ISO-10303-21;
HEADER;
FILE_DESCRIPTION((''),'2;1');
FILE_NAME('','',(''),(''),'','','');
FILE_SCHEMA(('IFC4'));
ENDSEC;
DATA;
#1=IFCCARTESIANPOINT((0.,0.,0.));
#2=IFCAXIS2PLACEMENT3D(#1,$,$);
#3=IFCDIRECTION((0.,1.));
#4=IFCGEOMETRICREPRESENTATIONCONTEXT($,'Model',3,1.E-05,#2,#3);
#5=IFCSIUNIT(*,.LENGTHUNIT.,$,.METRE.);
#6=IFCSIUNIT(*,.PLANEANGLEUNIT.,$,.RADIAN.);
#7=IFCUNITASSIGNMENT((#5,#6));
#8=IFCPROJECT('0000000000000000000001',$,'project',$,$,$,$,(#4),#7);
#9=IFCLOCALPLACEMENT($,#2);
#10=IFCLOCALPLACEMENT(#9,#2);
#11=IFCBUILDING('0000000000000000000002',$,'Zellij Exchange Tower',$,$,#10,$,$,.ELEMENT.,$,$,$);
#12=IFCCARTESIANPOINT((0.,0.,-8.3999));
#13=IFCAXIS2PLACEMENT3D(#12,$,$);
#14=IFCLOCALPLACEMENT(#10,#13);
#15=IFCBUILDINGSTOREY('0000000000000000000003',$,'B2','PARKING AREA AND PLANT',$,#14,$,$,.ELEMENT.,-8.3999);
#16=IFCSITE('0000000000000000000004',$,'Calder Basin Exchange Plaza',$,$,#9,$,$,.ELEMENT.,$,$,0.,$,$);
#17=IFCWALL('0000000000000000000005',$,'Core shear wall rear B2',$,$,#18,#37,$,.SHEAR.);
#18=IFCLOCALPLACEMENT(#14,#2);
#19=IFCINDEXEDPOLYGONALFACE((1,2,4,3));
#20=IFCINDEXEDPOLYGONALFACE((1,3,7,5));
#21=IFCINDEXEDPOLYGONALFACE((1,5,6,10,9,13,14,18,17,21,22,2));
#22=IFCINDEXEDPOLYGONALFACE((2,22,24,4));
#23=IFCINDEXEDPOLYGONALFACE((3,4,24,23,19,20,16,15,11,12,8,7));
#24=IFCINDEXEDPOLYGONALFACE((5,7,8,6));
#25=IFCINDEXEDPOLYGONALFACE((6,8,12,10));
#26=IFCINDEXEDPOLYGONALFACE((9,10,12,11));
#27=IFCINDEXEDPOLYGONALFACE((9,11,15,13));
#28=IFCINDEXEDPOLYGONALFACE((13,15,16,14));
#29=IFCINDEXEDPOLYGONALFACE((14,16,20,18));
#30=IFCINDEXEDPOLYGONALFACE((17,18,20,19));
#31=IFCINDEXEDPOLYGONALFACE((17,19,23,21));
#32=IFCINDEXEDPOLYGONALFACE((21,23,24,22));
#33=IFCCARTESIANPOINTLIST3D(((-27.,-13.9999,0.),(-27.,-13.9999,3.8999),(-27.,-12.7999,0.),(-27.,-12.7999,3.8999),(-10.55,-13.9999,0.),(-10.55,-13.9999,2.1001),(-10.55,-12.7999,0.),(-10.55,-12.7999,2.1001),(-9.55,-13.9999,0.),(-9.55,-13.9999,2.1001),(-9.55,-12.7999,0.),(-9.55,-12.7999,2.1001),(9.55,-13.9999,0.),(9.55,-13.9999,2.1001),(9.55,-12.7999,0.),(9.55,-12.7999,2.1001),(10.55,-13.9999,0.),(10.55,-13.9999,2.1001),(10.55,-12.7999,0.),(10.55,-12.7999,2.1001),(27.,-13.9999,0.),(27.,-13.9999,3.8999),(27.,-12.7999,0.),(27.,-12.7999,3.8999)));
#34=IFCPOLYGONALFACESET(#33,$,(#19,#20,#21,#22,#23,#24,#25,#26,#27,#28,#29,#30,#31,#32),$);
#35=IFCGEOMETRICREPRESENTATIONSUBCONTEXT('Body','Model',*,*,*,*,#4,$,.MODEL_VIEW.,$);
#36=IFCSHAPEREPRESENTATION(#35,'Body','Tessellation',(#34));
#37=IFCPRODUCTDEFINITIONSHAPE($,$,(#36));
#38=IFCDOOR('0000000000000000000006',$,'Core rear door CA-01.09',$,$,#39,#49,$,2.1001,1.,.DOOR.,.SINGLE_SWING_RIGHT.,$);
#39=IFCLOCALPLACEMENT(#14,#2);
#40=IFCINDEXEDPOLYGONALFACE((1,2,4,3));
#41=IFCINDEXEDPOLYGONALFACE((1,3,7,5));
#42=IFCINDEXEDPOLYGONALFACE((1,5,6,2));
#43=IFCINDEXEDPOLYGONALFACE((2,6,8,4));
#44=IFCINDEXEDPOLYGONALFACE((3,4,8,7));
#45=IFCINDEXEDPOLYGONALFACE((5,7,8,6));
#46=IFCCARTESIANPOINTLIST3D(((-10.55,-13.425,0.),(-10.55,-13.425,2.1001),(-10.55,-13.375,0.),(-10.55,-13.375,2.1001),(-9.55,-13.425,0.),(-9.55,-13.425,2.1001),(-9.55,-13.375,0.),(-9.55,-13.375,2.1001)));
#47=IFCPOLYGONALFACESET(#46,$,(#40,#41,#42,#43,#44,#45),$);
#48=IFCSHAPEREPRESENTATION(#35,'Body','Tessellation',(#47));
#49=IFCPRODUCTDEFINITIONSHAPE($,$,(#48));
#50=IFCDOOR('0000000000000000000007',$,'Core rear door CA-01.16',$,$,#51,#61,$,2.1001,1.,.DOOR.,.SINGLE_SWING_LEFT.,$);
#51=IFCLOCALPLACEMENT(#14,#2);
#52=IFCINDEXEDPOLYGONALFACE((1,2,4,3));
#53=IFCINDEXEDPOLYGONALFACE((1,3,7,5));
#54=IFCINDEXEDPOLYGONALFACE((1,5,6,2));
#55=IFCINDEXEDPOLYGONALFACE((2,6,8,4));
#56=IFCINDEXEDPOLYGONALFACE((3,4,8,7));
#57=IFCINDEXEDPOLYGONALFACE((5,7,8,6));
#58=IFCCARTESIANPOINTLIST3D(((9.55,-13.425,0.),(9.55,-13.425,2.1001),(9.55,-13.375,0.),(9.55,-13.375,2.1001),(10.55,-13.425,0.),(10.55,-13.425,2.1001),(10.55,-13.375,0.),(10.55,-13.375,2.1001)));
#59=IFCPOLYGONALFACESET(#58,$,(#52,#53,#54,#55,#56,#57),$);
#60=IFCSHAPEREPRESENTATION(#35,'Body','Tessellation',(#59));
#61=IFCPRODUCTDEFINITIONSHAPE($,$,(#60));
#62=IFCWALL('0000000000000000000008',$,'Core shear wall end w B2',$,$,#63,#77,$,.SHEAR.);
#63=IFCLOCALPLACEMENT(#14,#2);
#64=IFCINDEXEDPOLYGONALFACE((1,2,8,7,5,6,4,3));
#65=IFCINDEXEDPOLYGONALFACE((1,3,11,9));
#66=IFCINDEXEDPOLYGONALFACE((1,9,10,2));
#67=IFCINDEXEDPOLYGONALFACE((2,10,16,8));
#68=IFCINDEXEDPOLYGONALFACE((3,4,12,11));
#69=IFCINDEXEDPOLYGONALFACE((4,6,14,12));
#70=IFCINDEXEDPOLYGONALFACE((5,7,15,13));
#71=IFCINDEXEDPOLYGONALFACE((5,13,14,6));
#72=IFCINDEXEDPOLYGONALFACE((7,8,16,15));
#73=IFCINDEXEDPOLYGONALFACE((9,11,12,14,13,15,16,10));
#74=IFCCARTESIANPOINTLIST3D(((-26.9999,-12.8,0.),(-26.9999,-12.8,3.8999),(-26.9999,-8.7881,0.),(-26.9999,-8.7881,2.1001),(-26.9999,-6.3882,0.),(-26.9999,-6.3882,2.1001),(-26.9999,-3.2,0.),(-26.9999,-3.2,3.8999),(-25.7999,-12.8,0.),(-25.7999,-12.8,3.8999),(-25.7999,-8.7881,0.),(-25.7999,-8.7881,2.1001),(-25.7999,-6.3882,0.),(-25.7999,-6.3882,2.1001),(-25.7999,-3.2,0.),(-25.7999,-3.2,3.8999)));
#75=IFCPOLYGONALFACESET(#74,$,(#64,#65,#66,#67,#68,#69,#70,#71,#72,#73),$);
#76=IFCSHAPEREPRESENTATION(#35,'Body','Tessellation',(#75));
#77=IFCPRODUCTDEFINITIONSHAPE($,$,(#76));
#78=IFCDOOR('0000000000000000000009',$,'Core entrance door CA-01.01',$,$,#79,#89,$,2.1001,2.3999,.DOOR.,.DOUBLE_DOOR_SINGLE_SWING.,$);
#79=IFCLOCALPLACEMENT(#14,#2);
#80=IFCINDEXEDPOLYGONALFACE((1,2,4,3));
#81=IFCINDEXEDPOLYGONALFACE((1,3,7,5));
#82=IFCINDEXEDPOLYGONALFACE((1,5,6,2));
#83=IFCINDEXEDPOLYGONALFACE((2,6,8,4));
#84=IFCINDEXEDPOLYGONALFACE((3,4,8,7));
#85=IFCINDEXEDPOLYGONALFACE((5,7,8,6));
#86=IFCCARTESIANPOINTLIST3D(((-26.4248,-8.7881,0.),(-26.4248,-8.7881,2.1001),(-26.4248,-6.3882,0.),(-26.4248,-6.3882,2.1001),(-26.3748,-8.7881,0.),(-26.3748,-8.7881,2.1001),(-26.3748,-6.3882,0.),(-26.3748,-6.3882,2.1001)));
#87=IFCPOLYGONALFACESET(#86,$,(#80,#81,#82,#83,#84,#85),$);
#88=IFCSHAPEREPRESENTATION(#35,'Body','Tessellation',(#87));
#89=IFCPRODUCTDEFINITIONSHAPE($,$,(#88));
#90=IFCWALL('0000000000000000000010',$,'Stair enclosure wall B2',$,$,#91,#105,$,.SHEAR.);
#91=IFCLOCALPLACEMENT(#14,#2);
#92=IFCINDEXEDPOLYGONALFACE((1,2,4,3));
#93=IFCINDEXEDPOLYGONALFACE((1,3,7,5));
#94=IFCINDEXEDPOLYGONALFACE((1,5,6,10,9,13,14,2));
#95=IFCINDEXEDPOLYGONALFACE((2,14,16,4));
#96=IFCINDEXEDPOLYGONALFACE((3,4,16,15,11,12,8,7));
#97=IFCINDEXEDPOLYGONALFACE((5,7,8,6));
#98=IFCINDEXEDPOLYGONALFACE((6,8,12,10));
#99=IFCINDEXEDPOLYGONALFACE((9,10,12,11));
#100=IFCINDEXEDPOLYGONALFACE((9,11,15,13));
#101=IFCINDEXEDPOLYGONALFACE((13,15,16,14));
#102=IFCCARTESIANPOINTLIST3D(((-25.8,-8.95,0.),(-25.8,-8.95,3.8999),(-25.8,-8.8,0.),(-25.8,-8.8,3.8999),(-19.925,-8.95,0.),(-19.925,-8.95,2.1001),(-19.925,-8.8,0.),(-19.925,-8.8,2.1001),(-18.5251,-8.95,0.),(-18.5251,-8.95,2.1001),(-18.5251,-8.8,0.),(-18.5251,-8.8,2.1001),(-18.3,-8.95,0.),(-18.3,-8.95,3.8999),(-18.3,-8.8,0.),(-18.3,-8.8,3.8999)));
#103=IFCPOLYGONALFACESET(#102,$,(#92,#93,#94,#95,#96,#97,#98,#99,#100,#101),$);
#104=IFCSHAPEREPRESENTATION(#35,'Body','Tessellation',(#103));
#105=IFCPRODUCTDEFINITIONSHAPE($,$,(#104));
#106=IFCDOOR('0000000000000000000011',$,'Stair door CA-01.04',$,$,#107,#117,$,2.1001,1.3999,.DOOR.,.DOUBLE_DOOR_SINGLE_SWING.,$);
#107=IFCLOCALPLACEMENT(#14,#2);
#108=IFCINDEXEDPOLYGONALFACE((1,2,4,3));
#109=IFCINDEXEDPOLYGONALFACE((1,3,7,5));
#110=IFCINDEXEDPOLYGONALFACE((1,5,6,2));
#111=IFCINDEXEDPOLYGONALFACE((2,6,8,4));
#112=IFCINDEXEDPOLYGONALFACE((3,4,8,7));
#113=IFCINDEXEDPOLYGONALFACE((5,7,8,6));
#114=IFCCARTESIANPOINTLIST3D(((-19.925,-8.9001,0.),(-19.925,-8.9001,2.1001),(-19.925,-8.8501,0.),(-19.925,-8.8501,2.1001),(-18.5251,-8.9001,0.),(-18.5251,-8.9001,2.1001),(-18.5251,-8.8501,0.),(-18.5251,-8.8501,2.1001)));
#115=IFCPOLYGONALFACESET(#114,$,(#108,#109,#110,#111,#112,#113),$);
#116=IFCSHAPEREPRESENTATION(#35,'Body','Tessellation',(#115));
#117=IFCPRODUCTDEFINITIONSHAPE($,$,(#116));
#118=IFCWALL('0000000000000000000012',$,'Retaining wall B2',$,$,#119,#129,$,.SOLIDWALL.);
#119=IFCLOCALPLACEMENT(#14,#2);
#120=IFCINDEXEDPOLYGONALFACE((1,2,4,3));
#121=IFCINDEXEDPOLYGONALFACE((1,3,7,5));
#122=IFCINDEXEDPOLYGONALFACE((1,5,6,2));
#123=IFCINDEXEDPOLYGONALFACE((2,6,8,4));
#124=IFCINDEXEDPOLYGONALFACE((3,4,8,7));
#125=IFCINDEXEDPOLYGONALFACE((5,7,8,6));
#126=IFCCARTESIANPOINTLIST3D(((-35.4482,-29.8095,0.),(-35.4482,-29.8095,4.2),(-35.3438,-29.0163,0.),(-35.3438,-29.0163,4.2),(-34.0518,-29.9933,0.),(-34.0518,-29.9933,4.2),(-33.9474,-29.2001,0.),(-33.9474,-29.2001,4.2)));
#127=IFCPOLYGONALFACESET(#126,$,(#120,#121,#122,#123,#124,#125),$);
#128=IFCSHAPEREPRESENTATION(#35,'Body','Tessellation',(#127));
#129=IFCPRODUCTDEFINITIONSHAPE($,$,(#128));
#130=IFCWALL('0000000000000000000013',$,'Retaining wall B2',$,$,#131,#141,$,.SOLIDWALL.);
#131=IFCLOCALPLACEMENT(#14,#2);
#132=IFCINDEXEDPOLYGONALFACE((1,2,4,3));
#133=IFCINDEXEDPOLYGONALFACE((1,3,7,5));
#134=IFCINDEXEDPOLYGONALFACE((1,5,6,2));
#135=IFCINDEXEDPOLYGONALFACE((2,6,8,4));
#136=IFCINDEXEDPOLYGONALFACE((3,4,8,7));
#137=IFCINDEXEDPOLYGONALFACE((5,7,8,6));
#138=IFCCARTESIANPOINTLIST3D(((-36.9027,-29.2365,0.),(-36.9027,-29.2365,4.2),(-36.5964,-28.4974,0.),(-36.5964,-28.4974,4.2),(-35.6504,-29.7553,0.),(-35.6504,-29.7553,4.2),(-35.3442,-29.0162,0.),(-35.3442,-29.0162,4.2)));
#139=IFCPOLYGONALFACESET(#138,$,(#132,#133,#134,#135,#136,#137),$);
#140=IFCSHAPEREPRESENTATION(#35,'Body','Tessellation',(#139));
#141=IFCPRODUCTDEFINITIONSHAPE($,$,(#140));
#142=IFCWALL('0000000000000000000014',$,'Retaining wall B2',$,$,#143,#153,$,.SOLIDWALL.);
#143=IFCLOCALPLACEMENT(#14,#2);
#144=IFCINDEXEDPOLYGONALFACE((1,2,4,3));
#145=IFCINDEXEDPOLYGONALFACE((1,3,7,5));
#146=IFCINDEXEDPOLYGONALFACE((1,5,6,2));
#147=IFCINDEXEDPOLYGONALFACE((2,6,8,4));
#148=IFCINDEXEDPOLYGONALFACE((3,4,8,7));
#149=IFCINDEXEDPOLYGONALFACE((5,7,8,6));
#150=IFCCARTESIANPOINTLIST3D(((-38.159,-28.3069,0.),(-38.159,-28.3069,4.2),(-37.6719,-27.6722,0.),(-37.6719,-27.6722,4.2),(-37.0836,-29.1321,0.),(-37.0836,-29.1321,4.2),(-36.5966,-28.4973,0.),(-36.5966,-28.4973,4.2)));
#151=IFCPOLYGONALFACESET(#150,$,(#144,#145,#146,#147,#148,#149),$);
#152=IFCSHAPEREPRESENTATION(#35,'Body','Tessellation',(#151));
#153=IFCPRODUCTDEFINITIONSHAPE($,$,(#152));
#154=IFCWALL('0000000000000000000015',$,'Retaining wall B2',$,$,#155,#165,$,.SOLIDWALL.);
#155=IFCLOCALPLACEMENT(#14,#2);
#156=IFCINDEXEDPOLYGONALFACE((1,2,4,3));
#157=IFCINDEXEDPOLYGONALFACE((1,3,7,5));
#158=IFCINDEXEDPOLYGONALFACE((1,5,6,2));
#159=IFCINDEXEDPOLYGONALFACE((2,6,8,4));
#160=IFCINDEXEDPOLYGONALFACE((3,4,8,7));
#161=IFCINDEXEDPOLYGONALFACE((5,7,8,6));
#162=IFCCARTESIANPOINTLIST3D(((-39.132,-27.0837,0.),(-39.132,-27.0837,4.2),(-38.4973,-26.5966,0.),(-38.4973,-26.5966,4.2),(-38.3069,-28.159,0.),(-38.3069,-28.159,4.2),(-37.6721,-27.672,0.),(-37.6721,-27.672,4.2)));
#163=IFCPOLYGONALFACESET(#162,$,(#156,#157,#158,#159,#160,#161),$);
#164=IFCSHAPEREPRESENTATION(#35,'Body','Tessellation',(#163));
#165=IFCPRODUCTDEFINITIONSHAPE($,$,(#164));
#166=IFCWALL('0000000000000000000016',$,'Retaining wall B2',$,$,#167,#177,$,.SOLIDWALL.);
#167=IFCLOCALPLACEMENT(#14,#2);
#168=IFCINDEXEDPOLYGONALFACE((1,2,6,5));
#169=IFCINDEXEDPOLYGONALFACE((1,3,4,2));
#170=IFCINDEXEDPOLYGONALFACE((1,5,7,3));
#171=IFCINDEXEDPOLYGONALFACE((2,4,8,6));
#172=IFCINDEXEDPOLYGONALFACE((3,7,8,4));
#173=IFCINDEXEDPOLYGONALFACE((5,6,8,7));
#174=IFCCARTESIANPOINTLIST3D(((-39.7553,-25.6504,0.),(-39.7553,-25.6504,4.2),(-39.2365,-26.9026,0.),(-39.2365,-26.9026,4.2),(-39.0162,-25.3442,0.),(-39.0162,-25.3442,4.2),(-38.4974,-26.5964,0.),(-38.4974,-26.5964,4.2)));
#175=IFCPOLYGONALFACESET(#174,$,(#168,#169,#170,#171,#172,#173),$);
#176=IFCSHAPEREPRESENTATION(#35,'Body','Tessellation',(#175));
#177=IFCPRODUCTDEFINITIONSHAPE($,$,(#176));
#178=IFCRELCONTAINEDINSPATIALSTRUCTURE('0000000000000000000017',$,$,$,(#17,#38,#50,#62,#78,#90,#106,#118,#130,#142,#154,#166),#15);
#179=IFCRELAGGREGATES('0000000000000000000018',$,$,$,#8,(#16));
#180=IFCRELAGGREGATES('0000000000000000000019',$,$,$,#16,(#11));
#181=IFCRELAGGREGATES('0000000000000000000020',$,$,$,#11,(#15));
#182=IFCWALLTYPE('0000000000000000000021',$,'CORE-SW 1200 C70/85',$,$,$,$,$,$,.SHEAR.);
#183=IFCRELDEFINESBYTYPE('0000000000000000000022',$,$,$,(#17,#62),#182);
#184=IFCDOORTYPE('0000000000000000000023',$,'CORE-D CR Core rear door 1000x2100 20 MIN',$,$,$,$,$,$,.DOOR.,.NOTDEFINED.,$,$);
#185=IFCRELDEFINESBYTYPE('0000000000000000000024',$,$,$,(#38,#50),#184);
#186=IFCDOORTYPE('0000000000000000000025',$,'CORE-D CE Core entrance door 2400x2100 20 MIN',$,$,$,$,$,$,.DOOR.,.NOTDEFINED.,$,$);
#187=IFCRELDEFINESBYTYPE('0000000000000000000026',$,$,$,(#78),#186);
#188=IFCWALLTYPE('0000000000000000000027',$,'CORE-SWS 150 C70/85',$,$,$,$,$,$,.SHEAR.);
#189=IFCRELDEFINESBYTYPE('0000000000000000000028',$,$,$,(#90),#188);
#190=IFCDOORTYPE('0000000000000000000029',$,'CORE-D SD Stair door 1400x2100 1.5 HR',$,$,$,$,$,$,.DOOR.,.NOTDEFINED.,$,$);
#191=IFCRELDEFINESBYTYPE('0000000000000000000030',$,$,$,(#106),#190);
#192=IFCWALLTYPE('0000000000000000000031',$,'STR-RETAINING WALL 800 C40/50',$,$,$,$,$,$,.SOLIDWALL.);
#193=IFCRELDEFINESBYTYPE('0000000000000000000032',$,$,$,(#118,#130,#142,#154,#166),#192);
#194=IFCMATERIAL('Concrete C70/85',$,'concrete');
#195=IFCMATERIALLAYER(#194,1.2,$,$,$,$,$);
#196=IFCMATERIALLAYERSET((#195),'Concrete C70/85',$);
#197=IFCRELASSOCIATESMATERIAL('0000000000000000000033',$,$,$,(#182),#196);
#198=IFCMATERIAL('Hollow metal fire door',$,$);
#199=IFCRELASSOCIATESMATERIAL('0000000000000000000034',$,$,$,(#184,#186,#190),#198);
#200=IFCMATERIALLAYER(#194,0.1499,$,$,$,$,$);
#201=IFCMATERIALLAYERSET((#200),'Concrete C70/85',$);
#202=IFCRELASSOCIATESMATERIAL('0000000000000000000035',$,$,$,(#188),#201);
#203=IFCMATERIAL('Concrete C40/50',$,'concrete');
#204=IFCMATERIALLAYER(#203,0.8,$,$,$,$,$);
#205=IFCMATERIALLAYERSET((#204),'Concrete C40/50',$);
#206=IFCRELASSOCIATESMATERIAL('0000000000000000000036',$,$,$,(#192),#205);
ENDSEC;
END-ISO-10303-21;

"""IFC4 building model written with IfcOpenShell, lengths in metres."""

from ifc_helpers import new_model, si_unit, direction, frame, frame_2d, origin, place, context, subcontext, project, spatial, rectangle, extrude, material, layer, layer_set, type_object, element, fill, save


model = new_model("IFC4")

# Units and contexts
model_context = context("Model", 3, precision=1e-05, world=origin(), true_north=direction((0.0, 1.0)))
body_context = subcontext(model_context, "Body", "Model", "MODEL_VIEW")
ifc_project = project(units=[si_unit("LENGTHUNIT", "METRE"), si_unit("PLANEANGLEUNIT", "RADIAN")], contexts=[model_context])

# Site, building, storey
site_placement = place(None, origin())
site = spatial("IfcSite", under=ifc_project, at=site_placement, Name="Calder Basin Exchange Plaza", CompositionType="ELEMENT", RefElevation=0.0)
building_placement = place(site_placement, origin())
building = spatial("IfcBuilding", under=site, at=building_placement, Name="Zellij Exchange Tower", CompositionType="ELEMENT")
storey_placement = place(building_placement, frame((0.0, 0.0, -8.3999)))
storey = spatial("IfcBuildingStorey", under=building, at=storey_placement, Name="B2", Description="PARKING AREA AND PLANT", CompositionType="ELEMENT", Elevation=-8.3999)

# Shared definitions
ifc_material_1 = material(Name="Concrete C70/85", Category="concrete")

# Wall, openings, doors
ifc_material_2 = material(Name="Hollow metal fire door")
ifc_layer_1 = layer(ifc_material_1, 1.2)
ifc_layer_set_1 = layer_set([ifc_layer_1], Name="Concrete C70/85")
wall_type_1 = type_object("IfcWallType", Name="CORE-SW 1200 C70/85", PredefinedType="SHEAR", material=ifc_layer_set_1)
wall_1_placement = place(storey_placement, frame((-27.0, -13.3999, 0.0), z_axis=(0.0, 0.0, 1.0), x_axis=(1.0, 0.0, 0.0)))
wall_1 = element("IfcWall", 1, at=wall_1_placement, inside=storey, type_object=wall_type_1, Name="Core shear wall rear B2", PredefinedType="SHEAR", context=body_context, shape_type="SweptSolid", body=[
    extrude(rectangle(XDim=54.0, YDim=1.2, at=frame_2d((27.0, 0.0))), origin(), (0.0, 0.0, 1.0), 3.8999),
])
opening_1_placement = place(wall_1_placement, frame((16.45, 0.0, 0.0)))
opening_1 = element("IfcOpeningElement", 2, at=opening_1_placement, cuts=wall_1, PredefinedType="OPENING", context=body_context, shape_type="SweptSolid", body=[
    extrude(rectangle(XDim=1.0, YDim=2.1001, at=frame_2d((0.5, 1.05))), frame((0.0, 0.6118, 0.0), z_axis=(0.0, -1.0, 0.0), x_axis=(1.0, 0.0, 0.0)), (0.0, 0.0, 1.0), 1.2239),
])
opening_2_placement = place(wall_1_placement, frame((36.55, 0.0, 0.0)))
opening_2 = element("IfcOpeningElement", 3, at=opening_2_placement, cuts=wall_1, PredefinedType="OPENING", context=body_context, shape_type="SweptSolid", body=[
    extrude(rectangle(XDim=1.0, YDim=2.1001, at=frame_2d((0.5, 1.05))), frame((0.0, 0.6118, 0.0), z_axis=(0.0, -1.0, 0.0), x_axis=(1.0, 0.0, 0.0)), (0.0, 0.0, 1.0), 1.2239),
])
door_type_1 = type_object("IfcDoorType", Name="CORE-D CR Core rear door 1000x2100 20 MIN", OperationType="NOTDEFINED", PredefinedType="DOOR", material=ifc_material_2)
door_1_placement = place(opening_1_placement, origin())
door_1 = element("IfcDoor", 4, at=door_1_placement, inside=storey, type_object=door_type_1, Name="Core rear door CA-01.09", OperationType="SINGLE_SWING_RIGHT", OverallHeight=2.1001, OverallWidth=1.0, PredefinedType="DOOR", context=body_context, shape_type="SweptSolid", body=[
    extrude(rectangle(XDim=1.0, YDim=2.1001, at=frame_2d((0.5, 1.05))), frame((0.0, 0.0249, 0.0), z_axis=(0.0, -1.0, 0.0), x_axis=(1.0, 0.0, 0.0)), (0.0, 0.0, 1.0), 0.05),
])
fill(opening_1, door_1)
door_2_placement = place(opening_2_placement, origin())
door_2 = element("IfcDoor", 5, at=door_2_placement, inside=storey, type_object=door_type_1, Name="Core rear door CA-01.16", OperationType="SINGLE_SWING_LEFT", OverallHeight=2.1001, OverallWidth=1.0, PredefinedType="DOOR", context=body_context, shape_type="SweptSolid", body=[
    extrude(rectangle(XDim=1.0, YDim=2.1001, at=frame_2d((0.5, 1.05))), frame((0.0, 0.0249, 0.0), z_axis=(0.0, -1.0, 0.0), x_axis=(1.0, 0.0, 0.0)), (0.0, 0.0, 1.0), 0.05),
])
fill(opening_2, door_2)

# Walls, openings, doors
wall_2_placement = place(storey_placement, frame((-26.3999, -12.8, 0.0), z_axis=(0.0, 0.0, 1.0), x_axis=(0.0, 1.0, 0.0)))
wall_2 = element("IfcWall", 6, at=wall_2_placement, inside=storey, type_object=wall_type_1, Name="Core shear wall end w B2", PredefinedType="SHEAR", context=body_context, shape_type="SweptSolid", body=[
    extrude(rectangle(XDim=9.6001, YDim=1.2, at=frame_2d((4.8, 0.0))), origin(), (0.0, 0.0, 1.0), 3.8999),
])
opening_3_placement = place(wall_2_placement, frame((4.012, 0.0, 0.0)))
opening_3 = element("IfcOpeningElement", 7, at=opening_3_placement, cuts=wall_2, PredefinedType="OPENING", context=body_context, shape_type="SweptSolid", body=[
    extrude(rectangle(XDim=2.3999, YDim=2.1001, at=frame_2d((1.2, 1.05))), frame((0.0, 0.6118, 0.0), z_axis=(0.0, -1.0, 0.0), x_axis=(1.0, 0.0, 0.0)), (0.0, 0.0, 1.0), 1.2239),
])
door_type_2 = type_object("IfcDoorType", Name="CORE-D CE Core entrance door 2400x2100 20 MIN", OperationType="NOTDEFINED", PredefinedType="DOOR", material=ifc_material_2)
door_3_placement = place(opening_3_placement, origin())
door_3 = element("IfcDoor", 8, at=door_3_placement, inside=storey, type_object=door_type_2, Name="Core entrance door CA-01.01", OperationType="DOUBLE_DOOR_SINGLE_SWING", OverallHeight=2.1001, OverallWidth=2.3999, PredefinedType="DOOR", context=body_context, shape_type="SweptSolid", body=[
    extrude(rectangle(XDim=2.3999, YDim=2.1001, at=frame_2d((1.2, 1.05))), frame((0.0, 0.0249, 0.0), z_axis=(0.0, -1.0, 0.0), x_axis=(1.0, 0.0, 0.0)), (0.0, 0.0, 1.0), 0.05),
])
fill(opening_3, door_3)
ifc_layer_2 = layer(ifc_material_1, 0.1499)
ifc_layer_set_2 = layer_set([ifc_layer_2], Name="Concrete C70/85")
wall_type_2 = type_object("IfcWallType", Name="CORE-SWS 150 C70/85", PredefinedType="SHEAR", material=ifc_layer_set_2)
wall_3_placement = place(storey_placement, frame((-25.8, -8.875, 0.0), z_axis=(0.0, 0.0, 1.0), x_axis=(1.0, 0.0, 0.0)))
wall_3 = element("IfcWall", 9, at=wall_3_placement, inside=storey, type_object=wall_type_2, Name="Stair enclosure wall B2", PredefinedType="SHEAR", context=body_context, shape_type="SweptSolid", body=[
    extrude(rectangle(XDim=7.5, YDim=0.1499, at=frame_2d((3.75, 0.0))), origin(), (0.0, 0.0, 1.0), 3.8999),
])
opening_4_placement = place(wall_3_placement, frame((5.875, 0.0, 0.0)))
opening_4 = element("IfcOpeningElement", 10, at=opening_4_placement, cuts=wall_3, PredefinedType="OPENING", context=body_context, shape_type="SweptSolid", body=[
    extrude(rectangle(XDim=1.3999, YDim=2.1001, at=frame_2d((0.7, 1.05))), frame((0.0, 0.0869, 0.0), z_axis=(0.0, -1.0, 0.0), x_axis=(1.0, 0.0, 0.0)), (0.0, 0.0, 1.0), 0.1738),
])
door_type_3 = type_object("IfcDoorType", Name="CORE-D SD Stair door 1400x2100 1.5 HR", OperationType="NOTDEFINED", PredefinedType="DOOR", material=ifc_material_2)
door_4_placement = place(opening_4_placement, origin())
door_4 = element("IfcDoor", 11, at=door_4_placement, inside=storey, type_object=door_type_3, Name="Stair door CA-01.04", OperationType="DOUBLE_DOOR_SINGLE_SWING", OverallHeight=2.1001, OverallWidth=1.3999, PredefinedType="DOOR", context=body_context, shape_type="SweptSolid", body=[
    extrude(rectangle(XDim=1.3999, YDim=2.1001, at=frame_2d((0.7, 1.05))), frame((0.0, 0.0249, 0.0), z_axis=(0.0, -1.0, 0.0), x_axis=(1.0, 0.0, 0.0)), (0.0, 0.0, 1.0), 0.05),
])
fill(opening_4, door_4)

# Walls
ifc_material_3 = material(Name="Concrete C40/50", Category="concrete")
ifc_layer_3 = layer(ifc_material_3, 0.8)
ifc_layer_set_3 = layer_set([ifc_layer_3], Name="Concrete C40/50")
wall_type_3 = type_object("IfcWallType", Name="STR-RETAINING WALL 800 C40/50", PredefinedType="SOLIDWALL", material=ifc_layer_set_3)
wall_4_placement = place(storey_placement, frame((-33.9998, -29.5967, 0.0), z_axis=(0.0, 0.0, 1.0), x_axis=(-0.991446, 0.130517, 0.0)))
element("IfcWall", 12, at=wall_4_placement, inside=storey, type_object=wall_type_3, Name="Retaining wall B2", PredefinedType="SOLIDWALL", context=body_context, shape_type="SweptSolid", body=[
    extrude(rectangle(XDim=1.4084, YDim=0.8, at=frame_2d((0.7041, 0.0))), origin(), (0.0, 0.0, 1.0), 4.2),
])
for number, where, z_axis, x_axis, name in (
    (13, (-35.4973, -29.3857, 0.0), (0.0, 0.0, 1.0), (-0.923848, 0.38276, 0.0), "Retaining wall B2"),
    (14, (-36.8401, -28.8147, 0.0), (0.0, 0.0, 1.0), (-0.79336, 0.608753, 0.0), "Retaining wall B2"),
    (15, (-37.9895, -27.9155, 0.0), (0.0, 0.0, 1.0), (-0.608753, 0.79336, 0.0), "Retaining wall B2"),
    (16, (-38.8669, -26.7495, 0.0), (0.0, 0.0, 1.0), (-0.38276, 0.923848, 0.0), "Retaining wall B2"),
):
    element("IfcWall", number, at=place(storey_placement, frame(where, z_axis=z_axis, x_axis=x_axis)), inside=storey, type_object=wall_type_3, Name=name, PredefinedType="SOLIDWALL", context=body_context, shape_type="SweptSolid", body=[
        extrude(rectangle(XDim=1.3555, YDim=0.8, at=frame_2d((0.6777, 0.0))), origin(), (0.0, 0.0, 1.0), 4.2),
    ])

save(model, "model.ifc")
